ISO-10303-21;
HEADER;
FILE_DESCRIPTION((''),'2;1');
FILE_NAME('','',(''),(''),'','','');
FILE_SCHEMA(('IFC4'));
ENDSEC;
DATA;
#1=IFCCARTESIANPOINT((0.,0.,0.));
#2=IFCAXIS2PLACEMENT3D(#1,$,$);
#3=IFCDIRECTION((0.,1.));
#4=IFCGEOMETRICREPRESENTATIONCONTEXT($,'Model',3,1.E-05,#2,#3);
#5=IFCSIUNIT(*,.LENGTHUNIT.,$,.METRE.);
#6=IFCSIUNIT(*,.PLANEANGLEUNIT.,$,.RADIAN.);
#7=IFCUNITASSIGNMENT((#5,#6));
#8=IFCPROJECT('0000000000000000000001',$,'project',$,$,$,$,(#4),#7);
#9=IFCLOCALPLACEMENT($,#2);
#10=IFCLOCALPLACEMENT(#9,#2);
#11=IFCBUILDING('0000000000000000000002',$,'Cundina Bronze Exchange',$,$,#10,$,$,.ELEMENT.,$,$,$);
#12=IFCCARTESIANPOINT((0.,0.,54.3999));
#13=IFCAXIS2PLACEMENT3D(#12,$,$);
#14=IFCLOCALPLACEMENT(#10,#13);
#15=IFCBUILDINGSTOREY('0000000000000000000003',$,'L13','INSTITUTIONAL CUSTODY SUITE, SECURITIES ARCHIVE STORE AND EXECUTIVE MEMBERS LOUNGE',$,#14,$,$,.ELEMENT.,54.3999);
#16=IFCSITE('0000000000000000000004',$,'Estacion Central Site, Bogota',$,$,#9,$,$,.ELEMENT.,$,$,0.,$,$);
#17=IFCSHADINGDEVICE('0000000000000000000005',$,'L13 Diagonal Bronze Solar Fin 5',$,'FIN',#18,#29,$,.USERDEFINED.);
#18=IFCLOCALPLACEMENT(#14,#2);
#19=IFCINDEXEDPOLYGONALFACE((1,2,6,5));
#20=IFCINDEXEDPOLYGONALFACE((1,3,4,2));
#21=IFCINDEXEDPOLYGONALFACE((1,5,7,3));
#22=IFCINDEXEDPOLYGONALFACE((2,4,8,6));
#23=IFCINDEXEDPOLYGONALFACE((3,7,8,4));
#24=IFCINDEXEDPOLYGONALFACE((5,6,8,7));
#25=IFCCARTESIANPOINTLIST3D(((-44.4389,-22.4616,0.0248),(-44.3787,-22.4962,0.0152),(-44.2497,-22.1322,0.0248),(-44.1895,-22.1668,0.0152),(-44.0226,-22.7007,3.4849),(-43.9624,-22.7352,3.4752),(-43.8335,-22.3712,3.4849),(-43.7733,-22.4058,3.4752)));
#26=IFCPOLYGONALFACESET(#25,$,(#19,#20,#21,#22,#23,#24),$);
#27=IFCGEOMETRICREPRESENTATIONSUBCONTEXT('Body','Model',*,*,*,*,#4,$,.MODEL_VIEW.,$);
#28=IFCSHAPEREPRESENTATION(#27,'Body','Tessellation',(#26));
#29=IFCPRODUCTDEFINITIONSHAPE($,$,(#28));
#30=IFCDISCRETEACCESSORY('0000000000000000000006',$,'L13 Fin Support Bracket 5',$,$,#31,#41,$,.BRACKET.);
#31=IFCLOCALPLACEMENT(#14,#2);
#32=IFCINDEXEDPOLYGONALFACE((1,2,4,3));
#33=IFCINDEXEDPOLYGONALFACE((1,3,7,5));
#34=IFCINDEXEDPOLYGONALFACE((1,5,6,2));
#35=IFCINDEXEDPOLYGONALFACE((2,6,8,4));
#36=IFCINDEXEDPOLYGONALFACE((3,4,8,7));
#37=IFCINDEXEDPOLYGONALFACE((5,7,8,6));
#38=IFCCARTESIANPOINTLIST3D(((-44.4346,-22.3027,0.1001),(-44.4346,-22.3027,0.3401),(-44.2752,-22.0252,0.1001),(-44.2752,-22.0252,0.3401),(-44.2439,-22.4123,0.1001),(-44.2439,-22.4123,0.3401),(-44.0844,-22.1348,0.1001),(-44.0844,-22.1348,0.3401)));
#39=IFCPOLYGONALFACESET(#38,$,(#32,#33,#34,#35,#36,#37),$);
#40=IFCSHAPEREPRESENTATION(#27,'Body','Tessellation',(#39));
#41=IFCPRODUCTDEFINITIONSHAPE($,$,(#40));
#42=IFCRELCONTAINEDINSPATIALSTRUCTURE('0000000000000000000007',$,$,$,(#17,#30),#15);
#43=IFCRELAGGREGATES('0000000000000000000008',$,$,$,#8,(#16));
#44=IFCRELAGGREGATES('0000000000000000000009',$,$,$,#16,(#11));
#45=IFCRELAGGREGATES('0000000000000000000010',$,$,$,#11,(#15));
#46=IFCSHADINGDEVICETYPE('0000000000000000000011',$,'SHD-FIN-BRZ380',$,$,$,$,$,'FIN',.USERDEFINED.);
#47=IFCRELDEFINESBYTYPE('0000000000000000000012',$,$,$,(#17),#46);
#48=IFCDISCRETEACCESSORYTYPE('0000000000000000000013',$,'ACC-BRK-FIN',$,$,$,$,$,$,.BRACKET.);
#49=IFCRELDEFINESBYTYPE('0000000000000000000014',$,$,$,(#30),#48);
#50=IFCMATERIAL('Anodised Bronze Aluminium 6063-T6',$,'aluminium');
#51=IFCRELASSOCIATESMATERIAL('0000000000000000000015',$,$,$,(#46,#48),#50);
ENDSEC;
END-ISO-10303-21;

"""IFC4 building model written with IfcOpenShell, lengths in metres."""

from ifc_helpers import new_model, si_unit, direction, frame, origin, origin_2d, place, context, subcontext, project, spatial, rectangle, extrude, material, material_profile, profile_set, type_object, element, save


model = new_model("IFC4")

# Units and contexts
model_context = context("Model", 3, precision=1e-05, world=origin(), true_north=direction((0.0, 1.0)))
body_context = subcontext(model_context, "Body", "Model", "MODEL_VIEW")
ifc_project = project(units=[si_unit("LENGTHUNIT", "METRE"), si_unit("PLANEANGLEUNIT", "RADIAN")], contexts=[model_context])

# Site, building, storey
site_placement = place(None, origin())
site = spatial("IfcSite", under=ifc_project, at=site_placement, Name="Estacion Central Site, Bogota", CompositionType="ELEMENT", RefElevation=0.0)
building_placement = place(site_placement, origin())
building = spatial("IfcBuilding", under=site, at=building_placement, Name="Cundina Bronze Exchange", CompositionType="ELEMENT")
storey_placement = place(building_placement, frame((0.0, 0.0, 54.3999)))
storey = spatial("IfcBuildingStorey", under=building, at=storey_placement, Name="L13", Description="INSTITUTIONAL CUSTODY SUITE, SECURITIES ARCHIVE STORE AND EXECUTIVE MEMBERS LOUNGE", CompositionType="ELEMENT", Elevation=54.3999)

# Shared definitions
ifc_material_1 = material(Name="Anodised Bronze Aluminium 6063-T6", Category="aluminium")

# Shading device
ifc_material_profile_1 = material_profile(ifc_material_1, rectangle(XDim=0.0701, YDim=0.3799, at=origin_2d()), Name="FIN70X380", Category="aluminium")
ifc_profile_set_1 = profile_set([ifc_material_profile_1], Name="Anodised Bronze Aluminium 6063-T6")
shading_device_type = type_object("IfcShadingDeviceType", Name="SHD-FIN-BRZ380", ElementType="FIN", PredefinedType="USERDEFINED", material=ifc_profile_set_1)
shading_device_placement = place(storey_placement, frame((-44.3142, -22.3142, 0.02), z_axis=(0.119166, -0.068425, 0.990514), x_axis=(-0.858982, 0.493222, 0.137414)))
element("IfcShadingDevice", 1, at=shading_device_placement, inside=storey, type_object=shading_device_type, Name="L13 Diagonal Bronze Solar Fin 5", ObjectType="FIN", PredefinedType="USERDEFINED", context=body_context, shape_type="SweptSolid", body=[
    extrude(rectangle(XDim=0.0701, YDim=0.3799, at=origin_2d()), origin(), (0.0, 0.0, 1.0), 3.4932),
])

# Discrete accessory
discrete_accessory_type = type_object("IfcDiscreteAccessoryType", Name="ACC-BRK-FIN", PredefinedType="BRACKET", material=ifc_material_1)
discrete_accessory_placement = place(storey_placement, frame((-44.2595, -22.2188, 0.1001), z_axis=(0.0, 0.0, 1.0), x_axis=(0.867105, -0.498125, 0.0)))
element("IfcDiscreteAccessory", 2, at=discrete_accessory_placement, inside=storey, type_object=discrete_accessory_type, Name="L13 Fin Support Bracket 5", PredefinedType="BRACKET", context=body_context, shape_type="SweptSolid", body=[
    extrude(rectangle(XDim=0.22, YDim=0.3201, at=origin_2d()), origin(), (0.0, 0.0, 1.0), 0.24),
])

save(model, "model.ifc")
